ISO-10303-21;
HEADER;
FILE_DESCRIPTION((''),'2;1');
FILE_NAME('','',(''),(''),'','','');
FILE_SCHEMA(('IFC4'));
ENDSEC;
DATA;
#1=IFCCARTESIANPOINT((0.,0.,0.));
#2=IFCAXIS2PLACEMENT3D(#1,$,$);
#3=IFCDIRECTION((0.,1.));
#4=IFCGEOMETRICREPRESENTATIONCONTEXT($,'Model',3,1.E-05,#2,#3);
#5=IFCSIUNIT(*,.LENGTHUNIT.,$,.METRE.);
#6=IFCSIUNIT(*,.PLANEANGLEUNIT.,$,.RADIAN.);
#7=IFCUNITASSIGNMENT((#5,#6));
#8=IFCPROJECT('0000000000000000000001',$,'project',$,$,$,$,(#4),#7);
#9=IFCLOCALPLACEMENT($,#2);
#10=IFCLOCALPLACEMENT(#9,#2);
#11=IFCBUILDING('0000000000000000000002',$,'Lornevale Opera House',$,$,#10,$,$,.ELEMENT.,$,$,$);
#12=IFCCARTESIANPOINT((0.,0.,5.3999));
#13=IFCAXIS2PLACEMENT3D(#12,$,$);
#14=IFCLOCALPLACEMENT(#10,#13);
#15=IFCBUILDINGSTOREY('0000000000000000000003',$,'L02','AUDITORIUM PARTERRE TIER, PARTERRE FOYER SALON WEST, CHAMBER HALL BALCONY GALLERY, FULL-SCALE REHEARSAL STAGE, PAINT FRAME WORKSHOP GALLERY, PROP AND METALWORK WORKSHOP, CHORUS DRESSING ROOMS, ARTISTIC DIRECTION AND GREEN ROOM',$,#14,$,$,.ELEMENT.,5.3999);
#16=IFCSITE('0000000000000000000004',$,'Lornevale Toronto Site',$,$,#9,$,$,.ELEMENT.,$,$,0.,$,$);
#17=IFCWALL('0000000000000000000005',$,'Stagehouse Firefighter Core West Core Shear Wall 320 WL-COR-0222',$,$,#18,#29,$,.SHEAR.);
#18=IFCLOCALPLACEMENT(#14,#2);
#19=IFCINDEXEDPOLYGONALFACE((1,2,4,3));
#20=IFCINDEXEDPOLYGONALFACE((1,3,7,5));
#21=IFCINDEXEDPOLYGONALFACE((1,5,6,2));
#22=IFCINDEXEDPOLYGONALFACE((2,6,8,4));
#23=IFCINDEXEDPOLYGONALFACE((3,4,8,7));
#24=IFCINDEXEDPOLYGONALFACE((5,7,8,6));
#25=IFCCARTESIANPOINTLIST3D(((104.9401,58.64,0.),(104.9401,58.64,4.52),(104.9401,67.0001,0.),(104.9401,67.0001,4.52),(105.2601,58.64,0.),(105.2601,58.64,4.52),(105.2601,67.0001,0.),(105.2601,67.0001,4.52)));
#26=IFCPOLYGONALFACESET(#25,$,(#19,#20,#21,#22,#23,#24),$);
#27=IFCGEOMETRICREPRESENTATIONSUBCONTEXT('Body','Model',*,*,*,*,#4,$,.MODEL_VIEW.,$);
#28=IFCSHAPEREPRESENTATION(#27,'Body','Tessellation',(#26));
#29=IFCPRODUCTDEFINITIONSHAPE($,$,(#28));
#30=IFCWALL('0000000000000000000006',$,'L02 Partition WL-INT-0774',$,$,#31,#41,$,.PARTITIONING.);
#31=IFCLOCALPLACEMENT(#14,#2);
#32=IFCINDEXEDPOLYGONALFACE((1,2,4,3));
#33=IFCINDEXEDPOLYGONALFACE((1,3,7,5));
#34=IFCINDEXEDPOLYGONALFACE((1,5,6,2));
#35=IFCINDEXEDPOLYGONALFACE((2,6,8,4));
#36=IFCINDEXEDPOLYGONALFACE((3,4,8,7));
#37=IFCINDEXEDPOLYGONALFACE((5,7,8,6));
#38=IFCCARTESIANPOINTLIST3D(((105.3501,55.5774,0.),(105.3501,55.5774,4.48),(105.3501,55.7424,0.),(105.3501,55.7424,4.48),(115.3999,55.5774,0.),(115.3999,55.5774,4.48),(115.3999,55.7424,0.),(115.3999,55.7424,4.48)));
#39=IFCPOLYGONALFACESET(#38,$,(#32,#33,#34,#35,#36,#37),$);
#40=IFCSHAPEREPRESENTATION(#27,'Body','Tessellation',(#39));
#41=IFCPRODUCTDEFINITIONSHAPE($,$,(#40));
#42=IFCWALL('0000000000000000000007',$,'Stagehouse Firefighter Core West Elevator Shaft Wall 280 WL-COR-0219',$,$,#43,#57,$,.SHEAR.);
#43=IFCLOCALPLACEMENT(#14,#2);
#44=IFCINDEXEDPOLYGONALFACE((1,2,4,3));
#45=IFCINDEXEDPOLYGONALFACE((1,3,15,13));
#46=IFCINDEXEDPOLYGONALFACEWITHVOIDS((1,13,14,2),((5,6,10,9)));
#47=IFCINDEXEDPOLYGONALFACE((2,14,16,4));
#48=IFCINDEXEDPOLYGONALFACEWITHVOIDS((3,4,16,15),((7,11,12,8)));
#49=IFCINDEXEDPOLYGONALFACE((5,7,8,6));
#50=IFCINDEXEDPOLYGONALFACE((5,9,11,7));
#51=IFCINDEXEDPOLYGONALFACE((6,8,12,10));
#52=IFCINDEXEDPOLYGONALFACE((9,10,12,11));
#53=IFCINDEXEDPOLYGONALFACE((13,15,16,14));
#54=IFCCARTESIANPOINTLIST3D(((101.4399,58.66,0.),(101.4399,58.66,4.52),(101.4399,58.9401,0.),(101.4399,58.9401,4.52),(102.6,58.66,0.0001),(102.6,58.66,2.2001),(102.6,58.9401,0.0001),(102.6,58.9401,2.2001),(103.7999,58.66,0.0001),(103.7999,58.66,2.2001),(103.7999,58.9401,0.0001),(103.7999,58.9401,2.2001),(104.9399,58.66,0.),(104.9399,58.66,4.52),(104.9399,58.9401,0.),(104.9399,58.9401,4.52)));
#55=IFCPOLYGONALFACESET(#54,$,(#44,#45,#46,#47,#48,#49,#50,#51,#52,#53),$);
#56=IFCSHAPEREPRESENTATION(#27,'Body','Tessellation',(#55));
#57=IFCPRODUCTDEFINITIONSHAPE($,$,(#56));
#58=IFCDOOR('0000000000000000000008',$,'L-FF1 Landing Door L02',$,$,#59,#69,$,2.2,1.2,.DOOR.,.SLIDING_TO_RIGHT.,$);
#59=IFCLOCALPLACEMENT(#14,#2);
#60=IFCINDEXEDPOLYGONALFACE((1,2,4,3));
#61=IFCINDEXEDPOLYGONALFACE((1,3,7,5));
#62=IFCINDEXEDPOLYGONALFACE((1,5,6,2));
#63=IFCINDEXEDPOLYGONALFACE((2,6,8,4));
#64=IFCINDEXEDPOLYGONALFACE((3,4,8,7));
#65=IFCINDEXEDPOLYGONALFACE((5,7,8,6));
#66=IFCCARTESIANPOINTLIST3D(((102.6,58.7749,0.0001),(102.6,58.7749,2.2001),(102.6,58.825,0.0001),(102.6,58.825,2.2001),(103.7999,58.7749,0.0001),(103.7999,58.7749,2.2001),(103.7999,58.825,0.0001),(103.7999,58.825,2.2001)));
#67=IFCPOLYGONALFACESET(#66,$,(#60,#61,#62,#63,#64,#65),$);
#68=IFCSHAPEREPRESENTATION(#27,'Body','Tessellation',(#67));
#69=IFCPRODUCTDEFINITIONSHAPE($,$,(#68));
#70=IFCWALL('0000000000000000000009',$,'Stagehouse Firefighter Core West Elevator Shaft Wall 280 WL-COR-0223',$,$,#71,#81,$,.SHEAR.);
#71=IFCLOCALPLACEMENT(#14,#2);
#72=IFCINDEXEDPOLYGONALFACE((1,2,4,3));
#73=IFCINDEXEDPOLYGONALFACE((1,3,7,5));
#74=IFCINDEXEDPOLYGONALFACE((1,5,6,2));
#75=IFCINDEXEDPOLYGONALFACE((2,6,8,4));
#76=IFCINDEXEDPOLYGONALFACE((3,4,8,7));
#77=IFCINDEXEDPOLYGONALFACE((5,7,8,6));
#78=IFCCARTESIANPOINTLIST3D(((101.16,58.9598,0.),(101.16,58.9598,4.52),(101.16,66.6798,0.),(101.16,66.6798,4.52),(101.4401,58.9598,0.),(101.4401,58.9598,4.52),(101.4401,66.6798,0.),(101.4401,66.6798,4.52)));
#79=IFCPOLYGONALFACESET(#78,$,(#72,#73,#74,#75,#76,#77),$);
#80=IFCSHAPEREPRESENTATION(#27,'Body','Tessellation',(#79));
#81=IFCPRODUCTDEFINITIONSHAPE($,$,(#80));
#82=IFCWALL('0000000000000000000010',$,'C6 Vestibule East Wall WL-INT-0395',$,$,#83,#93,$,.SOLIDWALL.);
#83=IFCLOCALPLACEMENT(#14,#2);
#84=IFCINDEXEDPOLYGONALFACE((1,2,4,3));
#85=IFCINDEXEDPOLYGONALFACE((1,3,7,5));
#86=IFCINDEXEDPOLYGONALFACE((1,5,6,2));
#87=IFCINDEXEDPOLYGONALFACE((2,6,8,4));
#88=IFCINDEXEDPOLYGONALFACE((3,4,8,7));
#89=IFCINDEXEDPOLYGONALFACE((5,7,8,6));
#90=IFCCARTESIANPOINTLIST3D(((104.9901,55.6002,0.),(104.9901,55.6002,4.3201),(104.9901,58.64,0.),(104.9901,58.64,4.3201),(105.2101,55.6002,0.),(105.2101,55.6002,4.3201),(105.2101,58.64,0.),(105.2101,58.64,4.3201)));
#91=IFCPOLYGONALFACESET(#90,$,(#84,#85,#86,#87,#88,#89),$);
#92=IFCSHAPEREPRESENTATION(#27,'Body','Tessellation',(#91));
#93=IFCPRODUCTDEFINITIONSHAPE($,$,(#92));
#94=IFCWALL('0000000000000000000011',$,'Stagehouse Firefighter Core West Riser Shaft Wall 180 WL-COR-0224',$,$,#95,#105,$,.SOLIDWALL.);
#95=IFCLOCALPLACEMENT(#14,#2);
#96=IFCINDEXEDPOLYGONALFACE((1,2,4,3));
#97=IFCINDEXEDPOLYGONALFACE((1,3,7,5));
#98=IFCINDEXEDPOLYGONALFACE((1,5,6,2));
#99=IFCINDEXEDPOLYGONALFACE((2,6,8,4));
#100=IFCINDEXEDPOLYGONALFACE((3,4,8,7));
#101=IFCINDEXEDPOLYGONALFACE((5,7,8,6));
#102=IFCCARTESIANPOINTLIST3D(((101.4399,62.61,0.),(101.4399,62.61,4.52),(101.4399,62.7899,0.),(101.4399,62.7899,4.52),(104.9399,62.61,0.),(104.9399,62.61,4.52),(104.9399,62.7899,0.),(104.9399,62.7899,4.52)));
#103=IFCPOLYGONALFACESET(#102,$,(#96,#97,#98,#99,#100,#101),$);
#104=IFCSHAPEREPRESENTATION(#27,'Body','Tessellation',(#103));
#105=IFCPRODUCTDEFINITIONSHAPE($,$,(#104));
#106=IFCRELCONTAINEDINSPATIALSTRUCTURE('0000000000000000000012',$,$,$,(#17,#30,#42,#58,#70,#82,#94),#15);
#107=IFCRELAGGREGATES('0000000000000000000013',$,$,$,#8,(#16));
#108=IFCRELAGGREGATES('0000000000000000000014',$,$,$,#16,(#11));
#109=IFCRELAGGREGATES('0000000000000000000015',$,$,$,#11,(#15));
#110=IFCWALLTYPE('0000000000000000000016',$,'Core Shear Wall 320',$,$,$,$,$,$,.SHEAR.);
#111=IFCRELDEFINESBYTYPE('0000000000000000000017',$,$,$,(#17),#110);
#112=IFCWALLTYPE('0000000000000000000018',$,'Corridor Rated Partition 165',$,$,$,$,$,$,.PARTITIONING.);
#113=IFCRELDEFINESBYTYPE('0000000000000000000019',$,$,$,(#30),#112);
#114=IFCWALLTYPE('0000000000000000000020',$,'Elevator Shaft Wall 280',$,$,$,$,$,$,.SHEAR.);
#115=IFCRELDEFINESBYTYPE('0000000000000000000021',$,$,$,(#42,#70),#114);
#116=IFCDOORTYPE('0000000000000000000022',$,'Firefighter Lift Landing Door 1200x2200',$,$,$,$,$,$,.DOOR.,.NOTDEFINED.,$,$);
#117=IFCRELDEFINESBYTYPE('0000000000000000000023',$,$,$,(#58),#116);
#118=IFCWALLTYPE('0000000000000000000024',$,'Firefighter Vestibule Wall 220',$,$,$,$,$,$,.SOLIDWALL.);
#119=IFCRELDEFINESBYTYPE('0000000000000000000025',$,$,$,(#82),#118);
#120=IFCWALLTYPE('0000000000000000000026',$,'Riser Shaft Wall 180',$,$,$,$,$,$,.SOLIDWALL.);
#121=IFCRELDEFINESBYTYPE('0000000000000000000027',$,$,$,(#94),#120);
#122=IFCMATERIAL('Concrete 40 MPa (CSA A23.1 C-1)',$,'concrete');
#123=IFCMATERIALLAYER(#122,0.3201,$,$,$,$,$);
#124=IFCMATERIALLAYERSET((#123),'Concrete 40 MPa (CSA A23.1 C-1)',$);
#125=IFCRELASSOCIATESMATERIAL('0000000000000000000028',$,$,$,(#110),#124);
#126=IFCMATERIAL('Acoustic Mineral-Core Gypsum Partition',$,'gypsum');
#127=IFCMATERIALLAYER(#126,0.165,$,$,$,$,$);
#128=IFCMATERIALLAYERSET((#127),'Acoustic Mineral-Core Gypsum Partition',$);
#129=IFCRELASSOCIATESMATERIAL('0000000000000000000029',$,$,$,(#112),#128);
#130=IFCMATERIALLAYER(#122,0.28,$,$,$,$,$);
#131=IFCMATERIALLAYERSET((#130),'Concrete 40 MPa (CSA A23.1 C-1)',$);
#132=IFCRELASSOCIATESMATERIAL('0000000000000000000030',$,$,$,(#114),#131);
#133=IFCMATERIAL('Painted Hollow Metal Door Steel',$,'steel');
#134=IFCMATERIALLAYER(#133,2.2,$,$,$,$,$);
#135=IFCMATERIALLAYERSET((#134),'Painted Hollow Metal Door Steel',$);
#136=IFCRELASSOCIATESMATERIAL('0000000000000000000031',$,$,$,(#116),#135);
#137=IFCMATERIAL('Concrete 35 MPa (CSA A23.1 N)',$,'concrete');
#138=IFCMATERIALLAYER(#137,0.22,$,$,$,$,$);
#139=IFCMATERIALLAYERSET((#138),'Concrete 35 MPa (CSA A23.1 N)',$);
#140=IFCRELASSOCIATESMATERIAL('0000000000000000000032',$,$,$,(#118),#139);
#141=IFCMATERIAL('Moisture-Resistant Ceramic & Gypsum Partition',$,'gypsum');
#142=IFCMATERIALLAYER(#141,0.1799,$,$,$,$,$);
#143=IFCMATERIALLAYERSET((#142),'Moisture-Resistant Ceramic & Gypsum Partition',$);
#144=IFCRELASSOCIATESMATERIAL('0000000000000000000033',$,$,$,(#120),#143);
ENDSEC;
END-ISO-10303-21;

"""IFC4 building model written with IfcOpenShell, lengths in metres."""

from ifc_helpers import new_model, si_unit, direction, frame, frame_2d, origin, place, context, subcontext, project, spatial, rectangle, extrude, material, layer, layer_set, type_object, element, fill, save


model = new_model("IFC4")

# Units and contexts
model_context = context("Model", 3, precision=1e-05, world=origin(), true_north=direction((0.0, 1.0)))
body_context = subcontext(model_context, "Body", "Model", "MODEL_VIEW")
ifc_project = project(units=[si_unit("LENGTHUNIT", "METRE"), si_unit("PLANEANGLEUNIT", "RADIAN")], contexts=[model_context])

# Site, building, storey
site_placement = place(None, origin())
site = spatial("IfcSite", under=ifc_project, at=site_placement, Name="Lornevale Toronto Site", CompositionType="ELEMENT", RefElevation=0.0)
building_placement = place(site_placement, origin())
building = spatial("IfcBuilding", under=site, at=building_placement, Name="Lornevale Opera House", CompositionType="ELEMENT")
storey_placement = place(building_placement, frame((0.0, 0.0, 5.3999)))
storey = spatial("IfcBuildingStorey", under=building, at=storey_placement, Name="L02", Description="AUDITORIUM PARTERRE TIER, PARTERRE FOYER SALON WEST, CHAMBER HALL BALCONY GALLERY, FULL-SCALE REHEARSAL STAGE, PAINT FRAME WORKSHOP GALLERY, PROP AND METALWORK WORKSHOP, CHORUS DRESSING ROOMS, ARTISTIC DIRECTION AND GREEN ROOM", CompositionType="ELEMENT", Elevation=5.3999)

# Shared definitions
ifc_material_1 = material(Name="Concrete 40 MPa (CSA A23.1 C-1)", Category="concrete")

# Shared definitions
ifc_material_2 = material(Name="Concrete 35 MPa (CSA A23.1 N)", Category="concrete")

# Walls
ifc_layer_1 = layer(ifc_material_1, 0.3201)
ifc_layer_set_1 = layer_set([ifc_layer_1], Name="Concrete 40 MPa (CSA A23.1 C-1)")
wall_type_1 = type_object("IfcWallType", Name="Core Shear Wall 320", PredefinedType="SHEAR", material=ifc_layer_set_1)
wall_1_placement = place(storey_placement, frame((105.1001, 58.6399, 0.0), z_axis=(0.0, 0.0, 1.0), x_axis=(0.0, 1.0, 0.0)))
element("IfcWall", 1, at=wall_1_placement, inside=storey, type_object=wall_type_1, Name="Stagehouse Firefighter Core West Core Shear Wall 320 WL-COR-0222", PredefinedType="SHEAR", context=body_context, shape_type="SweptSolid", body=[
    extrude(rectangle(XDim=8.3601, YDim=0.3201, at=frame_2d((4.1802, 0.0))), origin(), (0.0, 0.0, 1.0), 4.52),
])
ifc_material_3 = material(Name="Acoustic Mineral-Core Gypsum Partition", Category="gypsum")
ifc_layer_2 = layer(ifc_material_3, 0.165)
ifc_layer_set_2 = layer_set([ifc_layer_2], Name="Acoustic Mineral-Core Gypsum Partition")
wall_type_2 = type_object("IfcWallType", Name="Corridor Rated Partition 165", PredefinedType="PARTITIONING", material=ifc_layer_set_2)
wall_2_placement = place(storey_placement, frame((105.3501, 55.6599, 0.0), z_axis=(0.0, 0.0, 1.0), x_axis=(1.0, 0.0, 0.0)))
element("IfcWall", 2, at=wall_2_placement, inside=storey, type_object=wall_type_2, Name="L02 Partition WL-INT-0774", PredefinedType="PARTITIONING", context=body_context, shape_type="SweptSolid", body=[
    extrude(rectangle(XDim=10.0498, YDim=0.165, at=frame_2d((5.0249, 0.0))), origin(), (0.0, 0.0, 1.0), 4.48),
])

# Wall, opening, door
ifc_layer_3 = layer(ifc_material_1, 0.28)
ifc_layer_set_3 = layer_set([ifc_layer_3], Name="Concrete 40 MPa (CSA A23.1 C-1)")
wall_type_3 = type_object("IfcWallType", Name="Elevator Shaft Wall 280", PredefinedType="SHEAR", material=ifc_layer_set_3)
wall_3_placement = place(storey_placement, frame((101.4399, 58.8, 0.0), z_axis=(0.0, 0.0, 1.0), x_axis=(1.0, 0.0, 0.0)))
wall_3 = element("IfcWall", 3, at=wall_3_placement, inside=storey, type_object=wall_type_3, Name="Stagehouse Firefighter Core West Elevator Shaft Wall 280 WL-COR-0219", PredefinedType="SHEAR", context=body_context, shape_type="SweptSolid", body=[
    extrude(rectangle(XDim=3.5, YDim=0.28, at=frame_2d((1.75, 0.0))), origin(), (0.0, 0.0, 1.0), 4.52),
])
opening_placement = place(wall_3_placement, frame((1.1599, 0.0, 0.0)))
opening = element("IfcOpeningElement", 4, at=opening_placement, cuts=wall_3, PredefinedType="OPENING", context=body_context, shape_type="SweptSolid", body=[
    extrude(rectangle(XDim=1.2, YDim=2.2, at=frame_2d((0.6001, 1.1001))), frame((0.0, 0.1499, 0.0), z_axis=(0.0, -1.0, 0.0), x_axis=(1.0, 0.0, 0.0)), (0.0, 0.0, 1.0), 0.3),
])
ifc_material_4 = material(Name="Painted Hollow Metal Door Steel", Category="steel")
ifc_layer_4 = layer(ifc_material_4, 2.2)
ifc_layer_set_4 = layer_set([ifc_layer_4], Name="Painted Hollow Metal Door Steel")
door_type = type_object("IfcDoorType", Name="Firefighter Lift Landing Door 1200x2200", OperationType="NOTDEFINED", PredefinedType="DOOR", material=ifc_layer_set_4)
door_placement = place(opening_placement, origin())
door = element("IfcDoor", 5, at=door_placement, inside=storey, type_object=door_type, Name="L-FF1 Landing Door L02", OperationType="SLIDING_TO_RIGHT", OverallHeight=2.2, OverallWidth=1.2, PredefinedType="DOOR", context=body_context, shape_type="SweptSolid", body=[
    extrude(rectangle(XDim=1.2, YDim=2.2, at=frame_2d((0.6001, 1.1001))), frame((0.0, 0.0249, 0.0), z_axis=(0.0, -1.0, 0.0), x_axis=(1.0, 0.0, 0.0)), (0.0, 0.0, 1.0), 0.05),
])
fill(opening, door)

# Walls
wall_4_placement = place(storey_placement, frame((101.3, 58.96, 0.0), z_axis=(0.0, 0.0, 1.0), x_axis=(0.0, 1.0, 0.0)))
element("IfcWall", 6, at=wall_4_placement, inside=storey, type_object=wall_type_3, Name="Stagehouse Firefighter Core West Elevator Shaft Wall 280 WL-COR-0223", PredefinedType="SHEAR", context=body_context, shape_type="SweptSolid", body=[
    extrude(rectangle(XDim=7.72, YDim=0.28, at=frame_2d((3.8599, 0.0))), origin(), (0.0, 0.0, 1.0), 4.52),
])
ifc_layer_5 = layer(ifc_material_2, 0.22)
ifc_layer_set_5 = layer_set([ifc_layer_5], Name="Concrete 35 MPa (CSA A23.1 N)")
wall_type_4 = type_object("IfcWallType", Name="Firefighter Vestibule Wall 220", PredefinedType="SOLIDWALL", material=ifc_layer_set_5)
wall_5_placement = place(storey_placement, frame((105.1001, 55.6001, 0.0), z_axis=(0.0, 0.0, 1.0), x_axis=(0.0, 1.0, 0.0)))
element("IfcWall", 7, at=wall_5_placement, inside=storey, type_object=wall_type_4, Name="C6 Vestibule East Wall WL-INT-0395", PredefinedType="SOLIDWALL", context=body_context, shape_type="SweptSolid", body=[
    extrude(rectangle(XDim=3.0398, YDim=0.22, at=frame_2d((1.52, 0.0))), origin(), (0.0, 0.0, 1.0), 4.3201),
])
ifc_material_5 = material(Name="Moisture-Resistant Ceramic & Gypsum Partition", Category="gypsum")
ifc_layer_6 = layer(ifc_material_5, 0.1799)
ifc_layer_set_6 = layer_set([ifc_layer_6], Name="Moisture-Resistant Ceramic & Gypsum Partition")
wall_type_5 = type_object("IfcWallType", Name="Riser Shaft Wall 180", PredefinedType="SOLIDWALL", material=ifc_layer_set_6)
wall_6_placement = place(storey_placement, frame((101.4399, 62.7, 0.0), z_axis=(0.0, 0.0, 1.0), x_axis=(1.0, 0.0, 0.0)))
element("IfcWall", 8, at=wall_6_placement, inside=storey, type_object=wall_type_5, Name="Stagehouse Firefighter Core West Riser Shaft Wall 180 WL-COR-0224", PredefinedType="SOLIDWALL", context=body_context, shape_type="SweptSolid", body=[
    extrude(rectangle(XDim=3.5, YDim=0.1799, at=frame_2d((1.75, 0.0))), origin(), (0.0, 0.0, 1.0), 4.52),
])

save(model, "model.ifc")
